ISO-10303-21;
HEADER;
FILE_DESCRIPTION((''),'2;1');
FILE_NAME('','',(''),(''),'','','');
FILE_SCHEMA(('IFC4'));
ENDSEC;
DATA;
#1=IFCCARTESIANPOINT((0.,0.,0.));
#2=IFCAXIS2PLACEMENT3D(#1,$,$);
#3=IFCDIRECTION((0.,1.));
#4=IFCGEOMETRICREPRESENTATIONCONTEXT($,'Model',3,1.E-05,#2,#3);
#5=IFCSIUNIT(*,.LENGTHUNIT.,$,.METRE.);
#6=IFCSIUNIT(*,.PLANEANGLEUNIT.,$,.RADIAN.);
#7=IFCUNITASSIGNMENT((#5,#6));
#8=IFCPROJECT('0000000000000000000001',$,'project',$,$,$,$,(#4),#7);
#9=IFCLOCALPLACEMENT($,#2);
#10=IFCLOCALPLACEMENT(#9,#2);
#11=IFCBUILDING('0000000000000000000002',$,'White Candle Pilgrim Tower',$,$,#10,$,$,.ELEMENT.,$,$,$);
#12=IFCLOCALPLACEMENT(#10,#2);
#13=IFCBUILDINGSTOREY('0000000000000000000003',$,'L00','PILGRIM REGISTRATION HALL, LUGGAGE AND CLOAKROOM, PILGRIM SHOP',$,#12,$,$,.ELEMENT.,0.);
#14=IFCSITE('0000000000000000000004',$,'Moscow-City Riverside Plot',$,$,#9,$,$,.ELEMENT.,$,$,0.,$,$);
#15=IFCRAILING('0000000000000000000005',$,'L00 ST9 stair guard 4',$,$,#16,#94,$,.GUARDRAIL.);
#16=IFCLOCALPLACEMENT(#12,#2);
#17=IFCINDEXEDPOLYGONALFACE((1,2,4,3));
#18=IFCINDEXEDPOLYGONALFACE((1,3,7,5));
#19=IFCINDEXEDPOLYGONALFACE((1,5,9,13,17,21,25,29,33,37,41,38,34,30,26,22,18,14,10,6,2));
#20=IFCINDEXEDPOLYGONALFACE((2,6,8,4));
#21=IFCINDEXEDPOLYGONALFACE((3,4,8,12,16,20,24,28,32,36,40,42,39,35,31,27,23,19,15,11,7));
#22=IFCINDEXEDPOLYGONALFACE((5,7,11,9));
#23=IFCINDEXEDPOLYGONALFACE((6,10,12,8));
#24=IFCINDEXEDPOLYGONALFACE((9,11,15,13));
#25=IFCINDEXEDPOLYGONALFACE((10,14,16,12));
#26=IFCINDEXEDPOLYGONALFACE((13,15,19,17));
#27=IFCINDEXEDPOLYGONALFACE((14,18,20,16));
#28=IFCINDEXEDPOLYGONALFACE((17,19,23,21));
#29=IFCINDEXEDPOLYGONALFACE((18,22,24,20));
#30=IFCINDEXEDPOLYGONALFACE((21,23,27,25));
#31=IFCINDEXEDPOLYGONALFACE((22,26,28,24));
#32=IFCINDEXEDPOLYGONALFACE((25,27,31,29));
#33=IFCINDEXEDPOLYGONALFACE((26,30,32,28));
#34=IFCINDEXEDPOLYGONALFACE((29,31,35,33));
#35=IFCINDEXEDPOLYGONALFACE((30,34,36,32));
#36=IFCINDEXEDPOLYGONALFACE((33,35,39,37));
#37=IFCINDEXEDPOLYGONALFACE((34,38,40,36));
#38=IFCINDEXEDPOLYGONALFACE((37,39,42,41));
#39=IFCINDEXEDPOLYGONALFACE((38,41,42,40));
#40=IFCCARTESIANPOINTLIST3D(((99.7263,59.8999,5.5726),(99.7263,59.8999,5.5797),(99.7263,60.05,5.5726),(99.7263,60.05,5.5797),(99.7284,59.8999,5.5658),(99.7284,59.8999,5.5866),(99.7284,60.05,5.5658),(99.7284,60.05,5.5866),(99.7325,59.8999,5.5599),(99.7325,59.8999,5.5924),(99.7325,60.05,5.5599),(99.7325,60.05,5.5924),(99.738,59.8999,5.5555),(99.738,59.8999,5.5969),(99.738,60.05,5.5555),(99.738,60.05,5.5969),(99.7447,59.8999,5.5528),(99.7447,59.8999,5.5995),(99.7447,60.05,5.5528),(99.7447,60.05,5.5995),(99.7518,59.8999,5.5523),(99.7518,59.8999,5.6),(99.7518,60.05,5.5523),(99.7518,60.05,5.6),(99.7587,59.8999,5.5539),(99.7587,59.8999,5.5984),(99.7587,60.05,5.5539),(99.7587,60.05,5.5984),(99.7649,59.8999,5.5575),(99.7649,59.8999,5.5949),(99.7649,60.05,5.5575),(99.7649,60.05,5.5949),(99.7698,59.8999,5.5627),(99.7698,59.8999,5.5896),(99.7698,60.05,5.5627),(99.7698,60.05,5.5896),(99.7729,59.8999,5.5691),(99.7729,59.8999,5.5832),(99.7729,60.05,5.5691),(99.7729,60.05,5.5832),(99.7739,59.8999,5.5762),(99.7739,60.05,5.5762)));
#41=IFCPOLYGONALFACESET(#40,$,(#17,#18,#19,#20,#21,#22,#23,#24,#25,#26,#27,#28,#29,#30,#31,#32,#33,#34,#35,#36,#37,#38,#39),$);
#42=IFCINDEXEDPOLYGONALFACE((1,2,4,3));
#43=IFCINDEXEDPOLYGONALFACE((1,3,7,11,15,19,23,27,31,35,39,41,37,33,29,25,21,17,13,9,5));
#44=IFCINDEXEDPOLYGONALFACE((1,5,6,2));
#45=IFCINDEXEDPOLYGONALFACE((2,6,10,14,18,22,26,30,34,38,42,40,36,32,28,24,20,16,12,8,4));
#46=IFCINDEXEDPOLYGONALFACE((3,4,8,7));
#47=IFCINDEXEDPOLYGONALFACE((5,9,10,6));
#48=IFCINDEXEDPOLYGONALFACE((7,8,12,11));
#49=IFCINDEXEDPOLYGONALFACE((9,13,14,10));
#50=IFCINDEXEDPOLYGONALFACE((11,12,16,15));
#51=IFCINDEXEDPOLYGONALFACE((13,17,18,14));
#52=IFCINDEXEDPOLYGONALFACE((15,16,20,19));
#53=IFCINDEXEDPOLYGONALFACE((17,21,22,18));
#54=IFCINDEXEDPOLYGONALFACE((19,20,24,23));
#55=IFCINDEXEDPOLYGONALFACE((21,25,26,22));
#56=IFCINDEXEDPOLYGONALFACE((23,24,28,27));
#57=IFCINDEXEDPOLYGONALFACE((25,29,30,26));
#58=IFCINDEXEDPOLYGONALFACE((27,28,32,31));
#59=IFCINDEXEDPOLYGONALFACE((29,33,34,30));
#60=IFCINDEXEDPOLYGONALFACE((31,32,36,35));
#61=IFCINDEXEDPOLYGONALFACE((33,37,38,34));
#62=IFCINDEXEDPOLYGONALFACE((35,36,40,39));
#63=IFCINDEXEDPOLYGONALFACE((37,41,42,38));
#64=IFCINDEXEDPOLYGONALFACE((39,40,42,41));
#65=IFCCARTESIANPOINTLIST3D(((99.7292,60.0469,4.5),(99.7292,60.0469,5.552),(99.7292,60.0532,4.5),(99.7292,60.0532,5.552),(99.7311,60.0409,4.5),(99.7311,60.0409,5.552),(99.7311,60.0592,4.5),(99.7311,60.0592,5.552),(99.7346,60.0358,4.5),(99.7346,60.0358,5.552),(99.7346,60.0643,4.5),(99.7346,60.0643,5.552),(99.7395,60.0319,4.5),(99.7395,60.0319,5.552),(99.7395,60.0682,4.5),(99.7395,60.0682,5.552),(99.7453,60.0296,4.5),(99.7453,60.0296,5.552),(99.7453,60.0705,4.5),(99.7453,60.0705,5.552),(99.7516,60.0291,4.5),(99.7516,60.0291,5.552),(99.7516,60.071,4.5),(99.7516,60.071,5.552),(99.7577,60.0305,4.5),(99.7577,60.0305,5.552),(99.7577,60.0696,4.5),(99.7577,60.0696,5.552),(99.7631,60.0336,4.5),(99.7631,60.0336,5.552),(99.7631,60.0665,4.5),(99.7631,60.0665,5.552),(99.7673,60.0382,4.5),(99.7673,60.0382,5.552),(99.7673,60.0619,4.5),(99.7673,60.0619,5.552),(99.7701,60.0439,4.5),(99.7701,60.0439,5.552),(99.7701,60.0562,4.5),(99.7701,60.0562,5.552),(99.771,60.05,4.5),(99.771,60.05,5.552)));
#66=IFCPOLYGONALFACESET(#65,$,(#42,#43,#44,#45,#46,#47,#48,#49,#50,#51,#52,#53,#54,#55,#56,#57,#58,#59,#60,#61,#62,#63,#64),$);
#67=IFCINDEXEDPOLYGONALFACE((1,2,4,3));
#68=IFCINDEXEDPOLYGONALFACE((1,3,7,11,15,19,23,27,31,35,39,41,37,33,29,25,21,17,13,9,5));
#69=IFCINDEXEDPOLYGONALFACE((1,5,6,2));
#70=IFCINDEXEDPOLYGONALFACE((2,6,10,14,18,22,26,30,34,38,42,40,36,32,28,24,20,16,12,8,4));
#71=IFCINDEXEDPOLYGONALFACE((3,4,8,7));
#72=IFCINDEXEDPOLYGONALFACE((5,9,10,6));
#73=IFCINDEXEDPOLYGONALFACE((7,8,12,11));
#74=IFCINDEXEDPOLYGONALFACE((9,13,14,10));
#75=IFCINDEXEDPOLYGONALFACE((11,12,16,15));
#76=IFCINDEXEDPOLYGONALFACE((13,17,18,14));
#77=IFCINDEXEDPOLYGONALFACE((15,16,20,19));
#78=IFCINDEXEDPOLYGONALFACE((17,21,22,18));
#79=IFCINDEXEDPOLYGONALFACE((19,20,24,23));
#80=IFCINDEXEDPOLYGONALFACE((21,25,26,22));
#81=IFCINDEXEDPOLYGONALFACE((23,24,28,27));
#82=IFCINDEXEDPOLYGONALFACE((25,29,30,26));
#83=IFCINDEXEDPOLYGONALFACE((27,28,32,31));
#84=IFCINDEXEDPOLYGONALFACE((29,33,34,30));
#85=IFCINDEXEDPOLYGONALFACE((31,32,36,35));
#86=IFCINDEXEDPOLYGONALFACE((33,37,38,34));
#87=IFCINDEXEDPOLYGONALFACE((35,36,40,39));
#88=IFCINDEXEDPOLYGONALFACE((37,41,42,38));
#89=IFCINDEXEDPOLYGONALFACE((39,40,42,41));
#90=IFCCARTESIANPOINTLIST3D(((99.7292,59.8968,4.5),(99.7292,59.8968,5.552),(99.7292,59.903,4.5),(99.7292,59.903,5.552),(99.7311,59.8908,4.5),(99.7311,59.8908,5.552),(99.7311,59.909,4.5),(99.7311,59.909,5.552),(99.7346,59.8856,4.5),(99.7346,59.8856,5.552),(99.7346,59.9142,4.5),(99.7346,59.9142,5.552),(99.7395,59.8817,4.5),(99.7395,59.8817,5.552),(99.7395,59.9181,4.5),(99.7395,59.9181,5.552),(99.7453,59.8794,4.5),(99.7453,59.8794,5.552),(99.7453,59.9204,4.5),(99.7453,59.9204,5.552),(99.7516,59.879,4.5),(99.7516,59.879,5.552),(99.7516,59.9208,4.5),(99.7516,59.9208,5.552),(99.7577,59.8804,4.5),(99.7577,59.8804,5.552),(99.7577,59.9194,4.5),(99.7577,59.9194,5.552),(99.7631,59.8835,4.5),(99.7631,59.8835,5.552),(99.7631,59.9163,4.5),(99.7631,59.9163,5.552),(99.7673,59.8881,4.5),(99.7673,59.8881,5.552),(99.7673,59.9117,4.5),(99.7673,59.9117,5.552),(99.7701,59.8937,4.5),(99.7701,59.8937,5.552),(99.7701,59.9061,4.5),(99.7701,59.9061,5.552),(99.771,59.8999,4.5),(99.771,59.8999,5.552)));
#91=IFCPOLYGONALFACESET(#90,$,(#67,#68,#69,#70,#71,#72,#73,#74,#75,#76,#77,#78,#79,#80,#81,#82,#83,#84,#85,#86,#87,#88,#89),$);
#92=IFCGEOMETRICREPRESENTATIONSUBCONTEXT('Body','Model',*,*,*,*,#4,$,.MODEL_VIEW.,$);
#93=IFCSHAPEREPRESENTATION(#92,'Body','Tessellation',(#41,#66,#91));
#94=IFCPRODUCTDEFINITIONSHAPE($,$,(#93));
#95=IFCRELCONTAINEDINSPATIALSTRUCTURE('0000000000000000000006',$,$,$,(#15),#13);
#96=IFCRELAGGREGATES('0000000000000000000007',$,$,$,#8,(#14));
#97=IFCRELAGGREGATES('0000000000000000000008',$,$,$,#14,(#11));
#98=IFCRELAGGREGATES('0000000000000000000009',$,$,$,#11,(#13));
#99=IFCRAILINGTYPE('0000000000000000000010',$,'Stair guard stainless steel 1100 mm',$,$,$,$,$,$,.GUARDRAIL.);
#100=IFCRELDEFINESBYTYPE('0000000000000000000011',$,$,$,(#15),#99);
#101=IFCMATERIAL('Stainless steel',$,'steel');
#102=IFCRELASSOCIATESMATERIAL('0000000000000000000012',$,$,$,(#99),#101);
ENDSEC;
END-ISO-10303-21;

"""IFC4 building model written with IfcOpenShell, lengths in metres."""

from ifc_helpers import new_model, si_unit, direction, frame, origin, origin_2d, place, context, subcontext, project, spatial, circle, extrude, material, type_object, element, save


model = new_model("IFC4")

# Units and contexts
model_context = context("Model", 3, precision=1e-05, world=origin(), true_north=direction((0.0, 1.0)))
body_context = subcontext(model_context, "Body", "Model", "MODEL_VIEW")
ifc_project = project(units=[si_unit("LENGTHUNIT", "METRE"), si_unit("PLANEANGLEUNIT", "RADIAN")], contexts=[model_context])

# Site, building, storey
site_placement = place(None, origin())
site = spatial("IfcSite", under=ifc_project, at=site_placement, Name="Moscow-City Riverside Plot", CompositionType="ELEMENT", RefElevation=0.0)
building_placement = place(site_placement, origin())
building = spatial("IfcBuilding", under=site, at=building_placement, Name="White Candle Pilgrim Tower", CompositionType="ELEMENT")
storey_placement = place(building_placement, origin())
storey = spatial("IfcBuildingStorey", under=building, at=storey_placement, Name="L00", Description="PILGRIM REGISTRATION HALL, LUGGAGE AND CLOAKROOM, PILGRIM SHOP", CompositionType="ELEMENT", Elevation=0.0)

# Railing
ifc_material_1 = material(Name="Stainless steel", Category="steel")
railing_type_1 = type_object("IfcRailingType", Name="Stair guard stainless steel 1100 mm", PredefinedType="GUARDRAIL", material=ifc_material_1)
railing_1_placement = place(storey_placement, frame((99.75, 60.05, 4.5)))
element("IfcRailing", 1, at=railing_1_placement, inside=storey, type_object=railing_type_1, Name="L00 ST9 stair guard 4", PredefinedType="GUARDRAIL", context=body_context, shape_type="SweptSolid", body=[
    extrude(circle(Radius=0.0239, at=origin_2d()), frame((0.0, 0.0, 1.0762), z_axis=(0.0, -1.0, 0.0), x_axis=(1.0, 0.0, 0.0)), (0.0, 0.0, 1.0), 0.1501),
    extrude(circle(Radius=0.021, at=origin_2d()), origin(), (0.0, 0.0, 1.0), 1.052),
    extrude(circle(Radius=0.021, at=origin_2d()), frame((0.0, -0.1501, 0.0)), (0.0, 0.0, 1.0), 1.052),
])

save(model, "model.ifc")
